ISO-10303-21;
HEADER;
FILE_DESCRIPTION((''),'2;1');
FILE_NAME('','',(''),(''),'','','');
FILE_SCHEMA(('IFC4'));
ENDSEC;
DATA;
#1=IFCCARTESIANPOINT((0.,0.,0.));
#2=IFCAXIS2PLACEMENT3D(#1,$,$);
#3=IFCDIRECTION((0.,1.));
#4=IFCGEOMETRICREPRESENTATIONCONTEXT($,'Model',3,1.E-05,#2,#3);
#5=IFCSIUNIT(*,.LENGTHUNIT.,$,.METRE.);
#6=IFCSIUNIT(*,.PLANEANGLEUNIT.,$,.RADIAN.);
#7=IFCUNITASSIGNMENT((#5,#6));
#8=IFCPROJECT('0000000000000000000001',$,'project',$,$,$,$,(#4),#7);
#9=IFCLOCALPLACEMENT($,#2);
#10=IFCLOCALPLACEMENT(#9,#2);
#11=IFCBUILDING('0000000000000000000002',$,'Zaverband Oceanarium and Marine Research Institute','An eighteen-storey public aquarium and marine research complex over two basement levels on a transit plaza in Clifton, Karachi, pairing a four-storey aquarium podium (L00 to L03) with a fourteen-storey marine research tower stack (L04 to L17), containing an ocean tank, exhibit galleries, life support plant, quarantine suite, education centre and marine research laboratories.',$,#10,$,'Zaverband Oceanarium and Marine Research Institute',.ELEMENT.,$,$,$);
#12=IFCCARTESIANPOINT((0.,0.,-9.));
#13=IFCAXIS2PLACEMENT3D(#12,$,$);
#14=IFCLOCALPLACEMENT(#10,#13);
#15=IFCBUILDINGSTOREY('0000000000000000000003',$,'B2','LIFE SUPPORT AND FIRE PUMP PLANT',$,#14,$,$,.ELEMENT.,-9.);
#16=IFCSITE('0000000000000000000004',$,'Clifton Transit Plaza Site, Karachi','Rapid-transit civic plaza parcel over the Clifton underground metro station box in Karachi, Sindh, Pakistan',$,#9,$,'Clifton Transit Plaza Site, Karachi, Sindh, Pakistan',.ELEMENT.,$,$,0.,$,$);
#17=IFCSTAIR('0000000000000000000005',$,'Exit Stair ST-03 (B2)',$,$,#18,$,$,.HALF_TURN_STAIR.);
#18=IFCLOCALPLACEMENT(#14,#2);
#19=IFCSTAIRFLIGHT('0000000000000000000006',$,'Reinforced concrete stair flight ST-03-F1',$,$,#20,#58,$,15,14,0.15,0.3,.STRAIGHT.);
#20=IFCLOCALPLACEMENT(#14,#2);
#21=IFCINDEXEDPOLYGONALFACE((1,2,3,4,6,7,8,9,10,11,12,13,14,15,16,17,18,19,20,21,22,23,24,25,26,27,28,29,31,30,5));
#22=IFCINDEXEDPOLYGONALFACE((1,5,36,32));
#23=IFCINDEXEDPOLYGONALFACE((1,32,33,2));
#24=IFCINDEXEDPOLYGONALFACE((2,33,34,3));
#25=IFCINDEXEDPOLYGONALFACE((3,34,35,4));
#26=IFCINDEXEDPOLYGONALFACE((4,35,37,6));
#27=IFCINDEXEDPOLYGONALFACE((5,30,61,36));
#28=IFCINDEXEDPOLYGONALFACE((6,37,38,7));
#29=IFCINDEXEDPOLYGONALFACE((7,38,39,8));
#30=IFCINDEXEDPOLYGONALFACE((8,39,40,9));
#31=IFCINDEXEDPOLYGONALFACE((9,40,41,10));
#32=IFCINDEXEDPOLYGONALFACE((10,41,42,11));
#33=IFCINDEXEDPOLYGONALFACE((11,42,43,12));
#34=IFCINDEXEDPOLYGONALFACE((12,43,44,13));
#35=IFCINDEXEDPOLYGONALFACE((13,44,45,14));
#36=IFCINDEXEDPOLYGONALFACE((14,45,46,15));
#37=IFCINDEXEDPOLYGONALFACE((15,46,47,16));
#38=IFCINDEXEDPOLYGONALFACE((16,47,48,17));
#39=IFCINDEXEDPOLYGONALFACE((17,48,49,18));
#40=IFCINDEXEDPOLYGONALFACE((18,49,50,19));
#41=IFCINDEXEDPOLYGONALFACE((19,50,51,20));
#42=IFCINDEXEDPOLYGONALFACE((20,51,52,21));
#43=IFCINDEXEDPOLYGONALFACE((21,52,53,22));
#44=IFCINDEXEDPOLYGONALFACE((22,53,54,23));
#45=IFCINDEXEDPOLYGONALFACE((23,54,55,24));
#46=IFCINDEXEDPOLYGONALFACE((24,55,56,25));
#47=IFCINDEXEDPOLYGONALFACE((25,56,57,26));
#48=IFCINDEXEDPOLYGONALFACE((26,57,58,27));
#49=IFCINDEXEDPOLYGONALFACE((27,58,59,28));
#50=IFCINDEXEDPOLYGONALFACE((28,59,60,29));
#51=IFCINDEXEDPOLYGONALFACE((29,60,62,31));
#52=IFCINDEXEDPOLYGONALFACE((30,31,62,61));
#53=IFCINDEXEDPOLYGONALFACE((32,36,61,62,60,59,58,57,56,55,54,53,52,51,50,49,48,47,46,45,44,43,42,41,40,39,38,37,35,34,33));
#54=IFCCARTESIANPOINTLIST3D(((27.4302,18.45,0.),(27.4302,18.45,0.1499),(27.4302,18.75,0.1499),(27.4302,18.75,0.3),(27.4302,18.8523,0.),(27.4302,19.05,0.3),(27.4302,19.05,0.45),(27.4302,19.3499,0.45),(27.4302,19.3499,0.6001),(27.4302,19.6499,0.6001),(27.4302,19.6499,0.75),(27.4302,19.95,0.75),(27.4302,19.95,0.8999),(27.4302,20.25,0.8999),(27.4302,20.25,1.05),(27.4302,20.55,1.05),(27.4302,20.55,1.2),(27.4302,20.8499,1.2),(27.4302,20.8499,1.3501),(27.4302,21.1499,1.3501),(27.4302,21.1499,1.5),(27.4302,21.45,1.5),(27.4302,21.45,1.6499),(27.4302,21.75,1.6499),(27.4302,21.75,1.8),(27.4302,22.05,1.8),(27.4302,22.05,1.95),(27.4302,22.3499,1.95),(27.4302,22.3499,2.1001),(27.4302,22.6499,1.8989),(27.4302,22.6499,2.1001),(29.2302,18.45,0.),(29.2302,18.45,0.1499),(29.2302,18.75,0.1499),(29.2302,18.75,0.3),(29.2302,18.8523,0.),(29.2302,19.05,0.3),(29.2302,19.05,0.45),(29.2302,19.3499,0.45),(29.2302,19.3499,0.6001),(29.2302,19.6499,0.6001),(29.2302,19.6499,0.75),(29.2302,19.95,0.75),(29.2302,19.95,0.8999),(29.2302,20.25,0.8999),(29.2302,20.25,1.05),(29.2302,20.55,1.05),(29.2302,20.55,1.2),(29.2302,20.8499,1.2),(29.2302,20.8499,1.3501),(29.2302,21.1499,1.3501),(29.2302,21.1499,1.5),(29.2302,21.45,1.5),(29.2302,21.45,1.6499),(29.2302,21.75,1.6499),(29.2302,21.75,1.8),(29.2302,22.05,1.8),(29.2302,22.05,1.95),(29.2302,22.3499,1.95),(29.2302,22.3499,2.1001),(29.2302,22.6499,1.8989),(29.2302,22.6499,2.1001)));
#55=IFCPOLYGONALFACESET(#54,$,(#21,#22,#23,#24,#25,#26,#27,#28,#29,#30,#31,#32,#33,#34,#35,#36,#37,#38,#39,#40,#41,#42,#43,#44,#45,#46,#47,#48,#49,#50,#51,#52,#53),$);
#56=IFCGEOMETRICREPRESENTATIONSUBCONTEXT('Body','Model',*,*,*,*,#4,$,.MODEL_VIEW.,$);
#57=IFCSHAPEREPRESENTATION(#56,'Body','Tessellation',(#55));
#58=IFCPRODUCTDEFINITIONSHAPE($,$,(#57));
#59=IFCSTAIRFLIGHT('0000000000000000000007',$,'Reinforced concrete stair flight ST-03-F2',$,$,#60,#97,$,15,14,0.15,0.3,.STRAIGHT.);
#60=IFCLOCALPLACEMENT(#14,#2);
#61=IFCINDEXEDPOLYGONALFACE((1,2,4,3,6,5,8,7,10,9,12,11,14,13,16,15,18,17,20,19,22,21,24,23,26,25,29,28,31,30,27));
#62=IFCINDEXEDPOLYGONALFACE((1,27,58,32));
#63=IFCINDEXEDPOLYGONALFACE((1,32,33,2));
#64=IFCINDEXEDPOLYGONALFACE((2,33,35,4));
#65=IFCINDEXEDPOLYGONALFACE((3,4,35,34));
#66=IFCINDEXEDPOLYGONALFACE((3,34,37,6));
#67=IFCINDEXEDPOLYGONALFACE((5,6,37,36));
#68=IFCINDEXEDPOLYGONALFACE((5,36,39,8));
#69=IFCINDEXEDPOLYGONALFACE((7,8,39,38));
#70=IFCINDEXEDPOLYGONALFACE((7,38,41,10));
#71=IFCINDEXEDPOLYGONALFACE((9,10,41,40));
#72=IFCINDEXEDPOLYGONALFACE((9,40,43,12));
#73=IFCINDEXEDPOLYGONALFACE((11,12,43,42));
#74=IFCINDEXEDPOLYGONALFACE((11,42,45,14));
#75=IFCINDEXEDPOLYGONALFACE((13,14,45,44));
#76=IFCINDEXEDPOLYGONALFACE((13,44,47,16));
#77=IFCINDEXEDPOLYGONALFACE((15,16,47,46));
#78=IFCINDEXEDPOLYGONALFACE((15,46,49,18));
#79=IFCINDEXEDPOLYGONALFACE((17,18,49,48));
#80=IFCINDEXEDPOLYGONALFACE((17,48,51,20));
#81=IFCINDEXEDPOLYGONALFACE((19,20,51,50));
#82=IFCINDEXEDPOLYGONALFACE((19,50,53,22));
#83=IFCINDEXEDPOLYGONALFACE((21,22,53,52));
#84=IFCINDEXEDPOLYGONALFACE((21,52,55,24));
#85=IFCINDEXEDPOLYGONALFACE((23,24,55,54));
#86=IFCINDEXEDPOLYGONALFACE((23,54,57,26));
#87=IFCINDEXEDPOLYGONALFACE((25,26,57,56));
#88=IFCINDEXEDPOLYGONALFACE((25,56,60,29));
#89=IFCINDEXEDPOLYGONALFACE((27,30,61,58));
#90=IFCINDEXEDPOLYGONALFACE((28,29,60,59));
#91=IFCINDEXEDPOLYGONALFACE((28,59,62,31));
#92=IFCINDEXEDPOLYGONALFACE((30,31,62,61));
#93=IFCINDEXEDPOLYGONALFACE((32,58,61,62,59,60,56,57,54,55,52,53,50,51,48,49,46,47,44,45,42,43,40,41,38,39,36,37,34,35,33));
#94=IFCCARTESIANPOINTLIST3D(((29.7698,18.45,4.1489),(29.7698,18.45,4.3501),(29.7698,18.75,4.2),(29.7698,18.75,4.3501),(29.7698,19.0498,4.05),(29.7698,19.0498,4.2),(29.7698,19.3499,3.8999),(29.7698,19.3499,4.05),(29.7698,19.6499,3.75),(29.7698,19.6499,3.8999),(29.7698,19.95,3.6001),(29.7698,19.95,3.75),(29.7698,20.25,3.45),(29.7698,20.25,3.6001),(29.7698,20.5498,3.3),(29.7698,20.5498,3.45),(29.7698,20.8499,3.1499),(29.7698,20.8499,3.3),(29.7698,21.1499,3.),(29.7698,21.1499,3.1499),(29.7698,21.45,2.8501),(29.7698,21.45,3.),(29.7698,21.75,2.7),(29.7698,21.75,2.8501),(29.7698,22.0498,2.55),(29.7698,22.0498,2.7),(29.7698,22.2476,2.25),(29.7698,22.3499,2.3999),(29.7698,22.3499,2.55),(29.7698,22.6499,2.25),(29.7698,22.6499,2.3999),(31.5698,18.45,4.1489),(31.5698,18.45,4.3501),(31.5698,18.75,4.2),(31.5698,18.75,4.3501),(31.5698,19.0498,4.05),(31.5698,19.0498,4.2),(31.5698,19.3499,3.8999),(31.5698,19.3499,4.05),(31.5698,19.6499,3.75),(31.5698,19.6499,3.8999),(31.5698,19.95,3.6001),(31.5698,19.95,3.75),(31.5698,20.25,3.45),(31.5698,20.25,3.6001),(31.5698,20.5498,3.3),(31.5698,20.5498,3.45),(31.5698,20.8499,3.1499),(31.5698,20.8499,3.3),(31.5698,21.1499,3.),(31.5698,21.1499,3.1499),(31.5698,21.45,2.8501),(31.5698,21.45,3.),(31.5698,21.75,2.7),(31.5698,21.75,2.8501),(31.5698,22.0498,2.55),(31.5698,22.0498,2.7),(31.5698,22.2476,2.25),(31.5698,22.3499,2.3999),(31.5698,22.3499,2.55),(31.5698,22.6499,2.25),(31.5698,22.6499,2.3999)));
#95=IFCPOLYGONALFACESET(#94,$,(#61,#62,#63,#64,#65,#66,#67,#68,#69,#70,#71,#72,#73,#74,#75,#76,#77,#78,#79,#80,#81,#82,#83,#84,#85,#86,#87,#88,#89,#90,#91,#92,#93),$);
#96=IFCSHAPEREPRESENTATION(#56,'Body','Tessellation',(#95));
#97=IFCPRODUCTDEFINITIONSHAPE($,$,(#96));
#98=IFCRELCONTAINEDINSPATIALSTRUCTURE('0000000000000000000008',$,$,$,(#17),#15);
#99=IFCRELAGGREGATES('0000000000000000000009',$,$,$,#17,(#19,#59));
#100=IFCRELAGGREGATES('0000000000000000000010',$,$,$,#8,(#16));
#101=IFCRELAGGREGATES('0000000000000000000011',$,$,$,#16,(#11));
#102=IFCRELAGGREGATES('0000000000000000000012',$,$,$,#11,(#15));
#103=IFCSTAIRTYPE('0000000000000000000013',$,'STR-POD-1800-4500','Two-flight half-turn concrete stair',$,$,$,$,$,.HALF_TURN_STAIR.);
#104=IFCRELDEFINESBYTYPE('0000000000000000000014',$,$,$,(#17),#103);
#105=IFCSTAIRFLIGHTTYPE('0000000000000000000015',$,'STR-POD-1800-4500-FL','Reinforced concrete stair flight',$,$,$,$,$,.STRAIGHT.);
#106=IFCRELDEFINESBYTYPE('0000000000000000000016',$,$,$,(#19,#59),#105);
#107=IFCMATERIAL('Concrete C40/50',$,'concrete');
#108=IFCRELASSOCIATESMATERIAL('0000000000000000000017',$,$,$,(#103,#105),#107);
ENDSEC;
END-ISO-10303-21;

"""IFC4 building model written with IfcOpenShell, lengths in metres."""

from ifc_helpers import new_model, si_unit, direction, frame, origin, place, context, subcontext, project, spatial, polyline, outline, extrude, material, type_object, element, aggregate, save


model = new_model("IFC4")

# Units and contexts
model_context = context("Model", 3, precision=1e-05, world=origin(), true_north=direction((0.0, 1.0)))
body_context = subcontext(model_context, "Body", "Model", "MODEL_VIEW")
ifc_project = project(units=[si_unit("LENGTHUNIT", "METRE"), si_unit("PLANEANGLEUNIT", "RADIAN")], contexts=[model_context])

# Site, building, storey
site_placement = place(None, origin())
site = spatial("IfcSite", under=ifc_project, at=site_placement, Name="Clifton Transit Plaza Site, Karachi", Description="Rapid-transit civic plaza parcel over the Clifton underground metro station box in Karachi, Sindh, Pakistan", LongName="Clifton Transit Plaza Site, Karachi, Sindh, Pakistan", CompositionType="ELEMENT", RefElevation=0.0)
building_placement = place(site_placement, origin())
building = spatial("IfcBuilding", under=site, at=building_placement, Name="Zaverband Oceanarium and Marine Research Institute", Description="An eighteen-storey public aquarium and marine research complex over two basement levels on a transit plaza in Clifton, Karachi, pairing a four-storey aquarium podium (L00 to L03) with a fourteen-storey marine research tower stack (L04 to L17), containing an ocean tank, exhibit galleries, life support plant, quarantine suite, education centre and marine research laboratories.", LongName="Zaverband Oceanarium and Marine Research Institute", CompositionType="ELEMENT")
storey_placement = place(building_placement, frame((0.0, 0.0, -9.0)))
storey = spatial("IfcBuildingStorey", under=building, at=storey_placement, Name="B2", Description="LIFE SUPPORT AND FIRE PUMP PLANT", CompositionType="ELEMENT", Elevation=-9.0)

# Shared definitions
ifc_material_1 = material(Name="Concrete C40/50", Category="concrete")

# Stair, stair flights
stair_type = type_object("IfcStairType", Name="STR-POD-1800-4500", Description="Two-flight half-turn concrete stair", PredefinedType="HALF_TURN_STAIR", material=ifc_material_1)
stair_placement = place(storey_placement, origin())
stair = element("IfcStair", 1, at=stair_placement, inside=storey, type_object=stair_type, Name="Exit Stair ST-03 (B2)", PredefinedType="HALF_TURN_STAIR")
stair_flight_type = type_object("IfcStairFlightType", Name="STR-POD-1800-4500-FL", Description="Reinforced concrete stair flight", PredefinedType="STRAIGHT", material=ifc_material_1)
stair_flight_1_placement = place(storey_placement, frame((28.3301, 18.45, 0.0), z_axis=(0.0, 0.0, 1.0), x_axis=(0.0, 1.0, 0.0)))
stair_flight_1 = element("IfcStairFlight", 2, at=stair_flight_1_placement, type_object=stair_flight_type, Name="Reinforced concrete stair flight ST-03-F1", NumberOfRisers=15, NumberOfTreads=14, PredefinedType="STRAIGHT", RiserHeight=0.15, TreadLength=0.3, context=body_context, shape_type="SweptSolid", body=[
    extrude(outline(polyline([(0.0, 0.0), (0.0, 0.1499), (0.3, 0.1499), (0.3, 0.3), (0.6001, 0.3), (0.6001, 0.45), (0.8999, 0.45), (0.8999, 0.6001), (1.2, 0.6001), (1.2, 0.75), (1.5, 0.75), (1.5, 0.8999), (1.8, 0.8999), (1.8, 1.05), (2.1001, 1.05), (2.1001, 1.2), (2.3999, 1.2), (2.3999, 1.3501), (2.7, 1.3501), (2.7, 1.5), (3.0, 1.5), (3.0, 1.6499), (3.3, 1.6499), (3.3, 1.8), (3.6001, 1.8), (3.6001, 1.95), (3.8999, 1.95), (3.8999, 2.1001), (4.2, 2.1001), (4.2, 2.25), (4.2, 1.8989), (0.4023, 0.0), (0.0, 0.0)])), frame((0.0, 0.8999, 0.0), z_axis=(0.0, -1.0, 0.0), x_axis=(1.0, 0.0, 0.0)), (0.0, 0.0, 1.0), 1.8),
])
stair_flight_2_placement = place(storey_placement, frame((30.6699, 22.6499, 2.25), z_axis=(0.0, 0.0, 1.0), x_axis=(0.0, -1.0, 0.0)))
stair_flight_2 = element("IfcStairFlight", 3, at=stair_flight_2_placement, type_object=stair_flight_type, Name="Reinforced concrete stair flight ST-03-F2", NumberOfRisers=15, NumberOfTreads=14, PredefinedType="STRAIGHT", RiserHeight=0.15, TreadLength=0.3, context=body_context, shape_type="SweptSolid", body=[
    extrude(outline(polyline([(0.0, 0.0), (0.0, 0.1499), (0.3, 0.1499), (0.3, 0.3), (0.6001, 0.3), (0.6001, 0.45), (0.8999, 0.45), (0.8999, 0.6001), (1.2, 0.6001), (1.2, 0.75), (1.5, 0.75), (1.5, 0.8999), (1.8, 0.8999), (1.8, 1.05), (2.1001, 1.05), (2.1001, 1.2), (2.3999, 1.2), (2.3999, 1.3501), (2.7, 1.3501), (2.7, 1.5), (3.0, 1.5), (3.0, 1.6499), (3.3, 1.6499), (3.3, 1.8), (3.6001, 1.8), (3.6001, 1.95), (3.8999, 1.95), (3.8999, 2.1001), (4.2, 2.1001), (4.2, 2.25), (4.2, 1.8989), (0.4023, 0.0), (0.0, 0.0)])), frame((0.0, 0.8999, 0.0), z_axis=(0.0, -1.0, 0.0), x_axis=(1.0, 0.0, 0.0)), (0.0, 0.0, 1.0), 1.8),
])
aggregate(stair, [stair_flight_1, stair_flight_2])

save(model, "model.ifc")
